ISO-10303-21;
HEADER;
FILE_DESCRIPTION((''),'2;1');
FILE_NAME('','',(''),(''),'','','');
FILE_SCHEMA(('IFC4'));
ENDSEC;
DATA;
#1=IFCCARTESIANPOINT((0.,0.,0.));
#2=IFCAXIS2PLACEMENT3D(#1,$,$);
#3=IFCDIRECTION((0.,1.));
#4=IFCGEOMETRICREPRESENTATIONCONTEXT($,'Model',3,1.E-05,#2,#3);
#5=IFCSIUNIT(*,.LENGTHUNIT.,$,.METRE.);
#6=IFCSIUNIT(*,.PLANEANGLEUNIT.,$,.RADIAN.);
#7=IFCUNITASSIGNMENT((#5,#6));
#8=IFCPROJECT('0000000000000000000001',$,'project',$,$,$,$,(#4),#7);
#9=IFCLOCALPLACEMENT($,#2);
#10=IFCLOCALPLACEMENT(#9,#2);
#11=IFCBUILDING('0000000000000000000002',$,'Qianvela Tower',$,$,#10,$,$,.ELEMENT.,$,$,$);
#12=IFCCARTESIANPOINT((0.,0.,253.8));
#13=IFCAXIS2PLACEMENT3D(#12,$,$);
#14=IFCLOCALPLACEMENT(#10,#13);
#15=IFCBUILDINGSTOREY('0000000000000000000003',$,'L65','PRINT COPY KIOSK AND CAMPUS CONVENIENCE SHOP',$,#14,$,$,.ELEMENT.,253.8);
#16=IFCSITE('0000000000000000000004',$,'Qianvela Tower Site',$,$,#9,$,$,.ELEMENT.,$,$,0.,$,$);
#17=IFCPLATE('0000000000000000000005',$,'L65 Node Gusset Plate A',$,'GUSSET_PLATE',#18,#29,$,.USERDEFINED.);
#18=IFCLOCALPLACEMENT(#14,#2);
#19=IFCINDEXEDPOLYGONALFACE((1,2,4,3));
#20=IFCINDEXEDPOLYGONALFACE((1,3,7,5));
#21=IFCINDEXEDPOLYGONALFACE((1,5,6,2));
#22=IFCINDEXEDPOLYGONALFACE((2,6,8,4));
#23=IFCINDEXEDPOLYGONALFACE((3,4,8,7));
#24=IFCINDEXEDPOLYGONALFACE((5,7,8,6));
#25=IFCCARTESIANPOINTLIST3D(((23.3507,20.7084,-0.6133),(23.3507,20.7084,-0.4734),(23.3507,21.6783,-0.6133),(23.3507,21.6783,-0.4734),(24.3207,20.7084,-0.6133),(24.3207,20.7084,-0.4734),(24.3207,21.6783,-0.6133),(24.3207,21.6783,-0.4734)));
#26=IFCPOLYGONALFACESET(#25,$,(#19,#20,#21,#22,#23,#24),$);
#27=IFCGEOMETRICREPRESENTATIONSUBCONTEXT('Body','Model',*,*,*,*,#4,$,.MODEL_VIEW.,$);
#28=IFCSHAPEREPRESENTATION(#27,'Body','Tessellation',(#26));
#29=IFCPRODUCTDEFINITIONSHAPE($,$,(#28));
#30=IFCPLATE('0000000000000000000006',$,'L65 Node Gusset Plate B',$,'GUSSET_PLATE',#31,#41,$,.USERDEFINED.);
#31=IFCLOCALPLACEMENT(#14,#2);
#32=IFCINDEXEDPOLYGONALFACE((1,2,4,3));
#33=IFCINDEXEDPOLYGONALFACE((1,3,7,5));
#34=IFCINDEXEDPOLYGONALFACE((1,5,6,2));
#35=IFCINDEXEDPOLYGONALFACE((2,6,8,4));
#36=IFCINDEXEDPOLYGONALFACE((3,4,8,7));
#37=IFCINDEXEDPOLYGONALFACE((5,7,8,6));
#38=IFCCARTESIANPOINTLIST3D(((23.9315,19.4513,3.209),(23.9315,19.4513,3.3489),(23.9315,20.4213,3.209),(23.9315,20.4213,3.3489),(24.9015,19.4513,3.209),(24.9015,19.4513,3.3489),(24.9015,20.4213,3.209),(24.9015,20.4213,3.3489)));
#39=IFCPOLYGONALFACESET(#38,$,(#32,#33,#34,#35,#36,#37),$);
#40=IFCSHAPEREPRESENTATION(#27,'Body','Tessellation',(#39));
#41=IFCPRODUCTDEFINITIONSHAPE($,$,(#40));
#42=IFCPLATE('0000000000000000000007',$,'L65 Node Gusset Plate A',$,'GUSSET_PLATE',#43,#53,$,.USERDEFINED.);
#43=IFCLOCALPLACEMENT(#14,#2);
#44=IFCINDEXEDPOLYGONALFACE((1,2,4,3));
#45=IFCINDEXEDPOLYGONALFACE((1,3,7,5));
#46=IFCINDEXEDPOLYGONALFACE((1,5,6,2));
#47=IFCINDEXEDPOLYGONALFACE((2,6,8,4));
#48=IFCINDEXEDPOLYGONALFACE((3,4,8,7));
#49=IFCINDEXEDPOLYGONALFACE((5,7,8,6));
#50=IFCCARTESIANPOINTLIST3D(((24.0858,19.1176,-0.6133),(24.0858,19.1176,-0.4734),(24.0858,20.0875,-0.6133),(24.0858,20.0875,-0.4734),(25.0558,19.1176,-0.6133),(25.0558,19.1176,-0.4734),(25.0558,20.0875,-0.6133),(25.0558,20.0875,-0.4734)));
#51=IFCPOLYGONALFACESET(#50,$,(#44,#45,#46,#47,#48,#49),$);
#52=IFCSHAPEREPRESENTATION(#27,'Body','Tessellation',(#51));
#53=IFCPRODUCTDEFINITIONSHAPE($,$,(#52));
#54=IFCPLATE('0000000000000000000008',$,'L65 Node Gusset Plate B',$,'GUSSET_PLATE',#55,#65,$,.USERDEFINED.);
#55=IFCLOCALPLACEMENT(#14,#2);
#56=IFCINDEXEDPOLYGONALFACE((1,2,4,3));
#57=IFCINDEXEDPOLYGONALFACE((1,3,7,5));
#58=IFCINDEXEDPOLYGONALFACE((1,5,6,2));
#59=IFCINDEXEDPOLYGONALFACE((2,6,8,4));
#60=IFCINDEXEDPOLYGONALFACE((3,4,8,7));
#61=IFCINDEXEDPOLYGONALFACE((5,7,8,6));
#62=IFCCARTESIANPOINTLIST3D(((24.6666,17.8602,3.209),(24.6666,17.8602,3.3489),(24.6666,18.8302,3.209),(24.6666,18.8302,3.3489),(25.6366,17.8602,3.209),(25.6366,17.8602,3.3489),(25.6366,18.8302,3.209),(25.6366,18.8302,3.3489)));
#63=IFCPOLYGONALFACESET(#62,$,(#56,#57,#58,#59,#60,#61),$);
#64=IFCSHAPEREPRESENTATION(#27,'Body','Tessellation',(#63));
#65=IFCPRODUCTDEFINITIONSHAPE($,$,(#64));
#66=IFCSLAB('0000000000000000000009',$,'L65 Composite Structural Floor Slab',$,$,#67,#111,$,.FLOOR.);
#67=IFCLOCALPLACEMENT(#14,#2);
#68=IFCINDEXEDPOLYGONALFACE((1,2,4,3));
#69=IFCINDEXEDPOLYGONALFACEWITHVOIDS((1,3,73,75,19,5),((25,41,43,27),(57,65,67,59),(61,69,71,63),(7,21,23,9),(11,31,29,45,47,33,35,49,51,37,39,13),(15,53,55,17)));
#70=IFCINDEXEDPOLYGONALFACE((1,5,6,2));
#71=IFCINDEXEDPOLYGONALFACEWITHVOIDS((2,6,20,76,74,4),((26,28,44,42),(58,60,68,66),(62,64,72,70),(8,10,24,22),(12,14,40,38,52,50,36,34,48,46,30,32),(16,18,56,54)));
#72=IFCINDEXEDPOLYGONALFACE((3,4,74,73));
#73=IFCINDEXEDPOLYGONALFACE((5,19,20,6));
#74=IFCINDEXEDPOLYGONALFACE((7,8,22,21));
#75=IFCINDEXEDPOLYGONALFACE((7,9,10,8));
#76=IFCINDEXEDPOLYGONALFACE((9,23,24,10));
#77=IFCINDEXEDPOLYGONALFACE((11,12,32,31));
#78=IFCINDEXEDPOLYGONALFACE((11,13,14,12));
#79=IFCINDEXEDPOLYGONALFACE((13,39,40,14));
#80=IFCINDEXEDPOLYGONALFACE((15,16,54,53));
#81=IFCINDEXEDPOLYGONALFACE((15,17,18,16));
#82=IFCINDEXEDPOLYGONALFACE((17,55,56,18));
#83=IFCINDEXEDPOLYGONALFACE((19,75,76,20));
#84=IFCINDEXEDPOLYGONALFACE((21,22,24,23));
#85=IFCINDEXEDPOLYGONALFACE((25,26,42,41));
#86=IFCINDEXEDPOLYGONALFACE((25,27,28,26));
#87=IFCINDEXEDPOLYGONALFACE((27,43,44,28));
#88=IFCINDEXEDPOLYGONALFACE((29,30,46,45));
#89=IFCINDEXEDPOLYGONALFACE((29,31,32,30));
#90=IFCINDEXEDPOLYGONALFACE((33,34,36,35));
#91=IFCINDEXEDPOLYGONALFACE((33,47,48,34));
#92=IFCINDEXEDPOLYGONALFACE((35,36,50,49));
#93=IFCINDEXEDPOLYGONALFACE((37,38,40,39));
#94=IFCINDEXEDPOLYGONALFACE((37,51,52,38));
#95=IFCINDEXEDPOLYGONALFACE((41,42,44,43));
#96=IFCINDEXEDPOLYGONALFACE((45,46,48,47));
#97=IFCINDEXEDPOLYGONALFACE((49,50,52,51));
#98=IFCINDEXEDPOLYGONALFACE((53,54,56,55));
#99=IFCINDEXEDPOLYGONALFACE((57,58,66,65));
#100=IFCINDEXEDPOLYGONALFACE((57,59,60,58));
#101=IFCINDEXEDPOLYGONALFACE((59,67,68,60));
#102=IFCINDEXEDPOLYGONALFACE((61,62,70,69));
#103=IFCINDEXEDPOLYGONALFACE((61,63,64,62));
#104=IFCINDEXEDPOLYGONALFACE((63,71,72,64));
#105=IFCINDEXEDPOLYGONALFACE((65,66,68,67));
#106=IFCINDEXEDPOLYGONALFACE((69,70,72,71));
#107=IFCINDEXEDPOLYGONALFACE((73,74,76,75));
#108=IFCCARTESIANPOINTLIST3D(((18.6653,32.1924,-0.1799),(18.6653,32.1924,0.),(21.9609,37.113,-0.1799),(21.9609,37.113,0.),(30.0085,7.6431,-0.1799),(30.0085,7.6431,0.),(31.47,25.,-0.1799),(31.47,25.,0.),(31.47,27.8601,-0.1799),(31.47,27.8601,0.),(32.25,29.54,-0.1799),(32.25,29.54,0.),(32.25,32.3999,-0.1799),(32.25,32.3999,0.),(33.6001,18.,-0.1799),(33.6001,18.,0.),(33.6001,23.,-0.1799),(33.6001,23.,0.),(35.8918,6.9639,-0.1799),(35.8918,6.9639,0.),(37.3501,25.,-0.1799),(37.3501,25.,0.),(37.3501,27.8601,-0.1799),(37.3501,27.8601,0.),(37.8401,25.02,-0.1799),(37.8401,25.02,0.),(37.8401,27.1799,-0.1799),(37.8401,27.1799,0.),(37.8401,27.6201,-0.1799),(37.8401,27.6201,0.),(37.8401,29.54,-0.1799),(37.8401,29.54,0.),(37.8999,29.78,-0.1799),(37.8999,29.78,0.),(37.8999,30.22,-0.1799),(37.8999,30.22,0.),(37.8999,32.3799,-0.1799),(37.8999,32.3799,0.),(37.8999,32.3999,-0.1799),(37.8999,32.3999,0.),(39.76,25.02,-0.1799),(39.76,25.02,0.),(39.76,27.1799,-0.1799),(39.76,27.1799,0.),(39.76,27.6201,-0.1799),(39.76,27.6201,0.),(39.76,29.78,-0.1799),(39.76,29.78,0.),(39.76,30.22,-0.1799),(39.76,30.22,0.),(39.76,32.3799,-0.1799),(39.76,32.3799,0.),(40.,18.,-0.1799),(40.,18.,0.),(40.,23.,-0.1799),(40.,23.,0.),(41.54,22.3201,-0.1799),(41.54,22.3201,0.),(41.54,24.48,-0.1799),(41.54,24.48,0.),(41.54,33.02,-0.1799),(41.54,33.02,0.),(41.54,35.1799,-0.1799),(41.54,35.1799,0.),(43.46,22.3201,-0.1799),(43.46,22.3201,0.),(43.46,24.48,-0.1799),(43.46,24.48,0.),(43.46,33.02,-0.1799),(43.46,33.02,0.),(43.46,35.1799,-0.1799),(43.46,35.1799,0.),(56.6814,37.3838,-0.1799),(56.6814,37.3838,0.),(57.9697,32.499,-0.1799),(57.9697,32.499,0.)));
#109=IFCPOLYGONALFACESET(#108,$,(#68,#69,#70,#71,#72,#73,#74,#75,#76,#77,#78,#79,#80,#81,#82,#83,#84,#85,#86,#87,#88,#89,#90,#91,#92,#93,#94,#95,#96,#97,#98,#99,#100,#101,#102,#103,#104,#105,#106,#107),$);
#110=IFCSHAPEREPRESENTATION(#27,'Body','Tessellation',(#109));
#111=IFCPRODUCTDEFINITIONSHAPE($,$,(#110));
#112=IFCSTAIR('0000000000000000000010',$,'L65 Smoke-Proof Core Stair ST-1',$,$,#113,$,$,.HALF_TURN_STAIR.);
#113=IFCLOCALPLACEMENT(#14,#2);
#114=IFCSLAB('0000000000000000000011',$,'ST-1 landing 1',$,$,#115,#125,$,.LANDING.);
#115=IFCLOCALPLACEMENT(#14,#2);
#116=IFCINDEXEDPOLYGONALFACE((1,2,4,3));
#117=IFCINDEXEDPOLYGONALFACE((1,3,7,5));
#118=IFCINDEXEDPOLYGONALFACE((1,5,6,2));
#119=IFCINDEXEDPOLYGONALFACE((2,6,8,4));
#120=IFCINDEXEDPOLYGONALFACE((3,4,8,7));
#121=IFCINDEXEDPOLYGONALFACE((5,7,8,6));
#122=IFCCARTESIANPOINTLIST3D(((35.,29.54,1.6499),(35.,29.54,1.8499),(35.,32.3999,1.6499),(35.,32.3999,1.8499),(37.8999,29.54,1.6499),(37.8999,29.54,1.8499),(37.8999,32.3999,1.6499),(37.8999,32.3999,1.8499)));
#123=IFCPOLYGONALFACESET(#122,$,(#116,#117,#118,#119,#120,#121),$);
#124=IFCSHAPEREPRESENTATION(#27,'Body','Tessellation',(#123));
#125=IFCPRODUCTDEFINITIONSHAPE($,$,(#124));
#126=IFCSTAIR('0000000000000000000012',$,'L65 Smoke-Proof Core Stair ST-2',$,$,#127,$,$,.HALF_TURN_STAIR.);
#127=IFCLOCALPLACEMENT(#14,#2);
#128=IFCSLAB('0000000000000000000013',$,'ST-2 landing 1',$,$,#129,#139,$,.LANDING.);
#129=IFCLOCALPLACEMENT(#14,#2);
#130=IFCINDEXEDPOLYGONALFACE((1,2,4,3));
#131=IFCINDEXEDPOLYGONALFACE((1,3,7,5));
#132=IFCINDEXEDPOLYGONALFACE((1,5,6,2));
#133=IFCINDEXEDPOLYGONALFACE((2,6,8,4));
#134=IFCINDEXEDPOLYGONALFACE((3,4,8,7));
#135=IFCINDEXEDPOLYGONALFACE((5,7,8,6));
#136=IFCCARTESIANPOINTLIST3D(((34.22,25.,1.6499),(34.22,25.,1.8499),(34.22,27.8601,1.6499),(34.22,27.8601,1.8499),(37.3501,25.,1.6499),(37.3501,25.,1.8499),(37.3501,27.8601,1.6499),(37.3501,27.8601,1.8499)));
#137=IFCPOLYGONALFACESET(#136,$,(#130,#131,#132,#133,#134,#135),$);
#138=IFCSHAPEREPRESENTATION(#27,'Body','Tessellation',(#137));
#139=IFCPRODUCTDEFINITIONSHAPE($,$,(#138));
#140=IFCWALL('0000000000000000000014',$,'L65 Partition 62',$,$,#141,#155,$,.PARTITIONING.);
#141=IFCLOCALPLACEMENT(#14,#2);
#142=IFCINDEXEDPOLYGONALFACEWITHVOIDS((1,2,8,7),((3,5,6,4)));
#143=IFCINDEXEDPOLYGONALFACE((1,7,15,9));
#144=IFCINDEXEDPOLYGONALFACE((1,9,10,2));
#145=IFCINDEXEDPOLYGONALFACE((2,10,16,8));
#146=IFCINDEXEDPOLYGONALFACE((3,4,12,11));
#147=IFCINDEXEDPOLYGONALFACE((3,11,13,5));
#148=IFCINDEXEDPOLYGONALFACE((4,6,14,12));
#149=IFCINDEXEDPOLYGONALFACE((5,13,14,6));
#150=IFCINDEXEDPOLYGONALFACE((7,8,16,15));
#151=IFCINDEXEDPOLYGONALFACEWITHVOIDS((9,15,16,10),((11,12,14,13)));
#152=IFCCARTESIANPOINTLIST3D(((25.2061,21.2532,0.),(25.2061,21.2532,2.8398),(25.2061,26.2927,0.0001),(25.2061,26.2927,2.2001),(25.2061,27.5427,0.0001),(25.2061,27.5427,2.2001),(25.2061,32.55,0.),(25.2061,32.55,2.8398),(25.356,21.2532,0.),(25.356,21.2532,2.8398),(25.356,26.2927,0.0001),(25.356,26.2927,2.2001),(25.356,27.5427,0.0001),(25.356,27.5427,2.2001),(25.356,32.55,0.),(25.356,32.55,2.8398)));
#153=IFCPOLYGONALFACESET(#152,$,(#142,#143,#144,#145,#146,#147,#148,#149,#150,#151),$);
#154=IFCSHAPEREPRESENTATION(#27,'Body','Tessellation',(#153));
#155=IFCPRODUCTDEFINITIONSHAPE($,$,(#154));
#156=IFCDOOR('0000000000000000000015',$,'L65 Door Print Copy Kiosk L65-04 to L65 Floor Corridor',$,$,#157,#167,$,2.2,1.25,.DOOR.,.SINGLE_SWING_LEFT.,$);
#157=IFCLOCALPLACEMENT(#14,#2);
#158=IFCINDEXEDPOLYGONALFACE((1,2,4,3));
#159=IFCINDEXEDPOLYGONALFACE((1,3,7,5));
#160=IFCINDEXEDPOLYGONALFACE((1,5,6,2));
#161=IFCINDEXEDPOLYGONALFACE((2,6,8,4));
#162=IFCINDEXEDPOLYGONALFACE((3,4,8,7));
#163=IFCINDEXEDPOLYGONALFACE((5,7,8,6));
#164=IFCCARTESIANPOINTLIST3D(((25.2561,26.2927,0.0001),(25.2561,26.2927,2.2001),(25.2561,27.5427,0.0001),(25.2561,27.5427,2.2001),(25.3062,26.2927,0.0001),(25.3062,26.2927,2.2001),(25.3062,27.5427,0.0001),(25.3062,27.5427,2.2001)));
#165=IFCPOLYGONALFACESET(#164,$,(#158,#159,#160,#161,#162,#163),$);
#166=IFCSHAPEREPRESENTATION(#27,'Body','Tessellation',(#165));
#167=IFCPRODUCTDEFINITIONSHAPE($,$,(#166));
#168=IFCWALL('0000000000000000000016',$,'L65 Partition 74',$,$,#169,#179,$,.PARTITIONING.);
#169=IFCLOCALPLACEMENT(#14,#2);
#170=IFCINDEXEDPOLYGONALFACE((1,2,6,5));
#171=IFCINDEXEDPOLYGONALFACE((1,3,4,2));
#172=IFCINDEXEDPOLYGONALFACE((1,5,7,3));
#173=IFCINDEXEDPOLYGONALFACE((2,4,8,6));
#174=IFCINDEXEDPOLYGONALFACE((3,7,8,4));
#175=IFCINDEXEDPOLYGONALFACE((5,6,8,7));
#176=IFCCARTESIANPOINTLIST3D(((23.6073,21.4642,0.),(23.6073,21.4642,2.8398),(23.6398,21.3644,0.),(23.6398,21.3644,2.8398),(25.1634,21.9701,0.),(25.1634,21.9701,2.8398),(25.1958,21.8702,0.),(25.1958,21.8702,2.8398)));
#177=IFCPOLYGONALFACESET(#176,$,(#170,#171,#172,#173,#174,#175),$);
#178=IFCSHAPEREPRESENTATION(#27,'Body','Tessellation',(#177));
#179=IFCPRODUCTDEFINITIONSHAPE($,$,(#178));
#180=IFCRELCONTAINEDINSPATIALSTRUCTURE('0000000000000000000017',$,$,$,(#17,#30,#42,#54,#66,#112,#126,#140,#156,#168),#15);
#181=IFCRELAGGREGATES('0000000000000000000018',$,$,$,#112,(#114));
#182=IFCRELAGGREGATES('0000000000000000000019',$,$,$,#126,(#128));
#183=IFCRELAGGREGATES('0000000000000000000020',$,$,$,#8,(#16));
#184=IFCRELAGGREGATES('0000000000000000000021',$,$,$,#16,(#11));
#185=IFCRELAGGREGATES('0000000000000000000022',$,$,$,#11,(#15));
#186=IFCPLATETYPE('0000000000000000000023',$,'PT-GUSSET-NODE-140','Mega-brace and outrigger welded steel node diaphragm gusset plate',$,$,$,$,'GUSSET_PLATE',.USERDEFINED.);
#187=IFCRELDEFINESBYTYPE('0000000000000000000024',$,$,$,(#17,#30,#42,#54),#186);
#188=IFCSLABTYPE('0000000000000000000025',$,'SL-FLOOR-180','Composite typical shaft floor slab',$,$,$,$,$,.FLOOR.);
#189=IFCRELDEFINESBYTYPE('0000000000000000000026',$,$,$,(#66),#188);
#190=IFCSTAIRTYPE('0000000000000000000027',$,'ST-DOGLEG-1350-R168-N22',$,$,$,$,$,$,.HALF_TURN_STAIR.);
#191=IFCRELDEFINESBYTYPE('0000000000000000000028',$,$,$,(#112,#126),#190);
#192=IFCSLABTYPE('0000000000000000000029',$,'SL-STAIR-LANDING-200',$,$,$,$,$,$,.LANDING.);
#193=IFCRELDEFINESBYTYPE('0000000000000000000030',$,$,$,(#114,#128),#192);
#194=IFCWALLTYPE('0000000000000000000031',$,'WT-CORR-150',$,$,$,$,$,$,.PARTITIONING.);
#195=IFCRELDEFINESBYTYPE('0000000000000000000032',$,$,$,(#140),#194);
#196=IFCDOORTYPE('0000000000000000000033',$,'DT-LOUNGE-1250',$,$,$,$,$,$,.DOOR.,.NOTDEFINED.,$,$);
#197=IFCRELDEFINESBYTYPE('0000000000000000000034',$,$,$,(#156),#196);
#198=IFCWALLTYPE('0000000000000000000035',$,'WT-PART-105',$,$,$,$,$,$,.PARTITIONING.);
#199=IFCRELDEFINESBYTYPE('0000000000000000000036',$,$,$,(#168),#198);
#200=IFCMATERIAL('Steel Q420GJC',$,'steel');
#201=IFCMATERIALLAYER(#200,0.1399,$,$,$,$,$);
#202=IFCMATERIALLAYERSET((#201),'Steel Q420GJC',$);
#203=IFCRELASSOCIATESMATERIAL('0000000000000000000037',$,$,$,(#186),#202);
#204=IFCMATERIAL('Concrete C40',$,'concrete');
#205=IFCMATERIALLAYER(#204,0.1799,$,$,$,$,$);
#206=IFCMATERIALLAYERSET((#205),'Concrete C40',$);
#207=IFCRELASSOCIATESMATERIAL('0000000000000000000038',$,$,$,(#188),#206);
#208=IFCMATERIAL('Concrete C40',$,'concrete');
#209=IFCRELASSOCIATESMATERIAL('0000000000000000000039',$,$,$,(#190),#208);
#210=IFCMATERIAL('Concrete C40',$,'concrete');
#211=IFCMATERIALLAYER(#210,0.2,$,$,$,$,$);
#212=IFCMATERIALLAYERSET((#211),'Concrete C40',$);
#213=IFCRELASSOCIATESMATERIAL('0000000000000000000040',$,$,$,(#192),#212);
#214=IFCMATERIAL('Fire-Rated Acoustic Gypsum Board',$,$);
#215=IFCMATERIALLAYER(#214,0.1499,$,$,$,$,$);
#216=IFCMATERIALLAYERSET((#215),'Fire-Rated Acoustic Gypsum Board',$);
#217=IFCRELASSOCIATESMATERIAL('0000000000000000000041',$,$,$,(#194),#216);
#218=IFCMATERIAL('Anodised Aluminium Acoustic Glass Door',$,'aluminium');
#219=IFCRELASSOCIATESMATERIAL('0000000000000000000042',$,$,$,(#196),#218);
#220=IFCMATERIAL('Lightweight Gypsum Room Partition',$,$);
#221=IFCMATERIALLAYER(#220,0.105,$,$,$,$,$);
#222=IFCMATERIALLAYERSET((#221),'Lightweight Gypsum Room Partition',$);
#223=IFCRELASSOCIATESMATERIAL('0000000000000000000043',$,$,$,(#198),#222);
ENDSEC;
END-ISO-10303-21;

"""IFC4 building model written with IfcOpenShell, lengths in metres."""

from ifc_helpers import new_model, si_unit, direction, frame, frame_2d, origin, origin_2d, place, context, subcontext, project, spatial, polyline, rectangle, outline, extrude, material, layer, layer_set, type_object, element, fill, aggregate, save


model = new_model("IFC4")

# Units and contexts
model_context = context("Model", 3, precision=1e-05, world=origin(), true_north=direction((0.0, 1.0)))
body_context = subcontext(model_context, "Body", "Model", "MODEL_VIEW")
ifc_project = project(units=[si_unit("LENGTHUNIT", "METRE"), si_unit("PLANEANGLEUNIT", "RADIAN")], contexts=[model_context])

# Site, building, storey
site_placement = place(None, origin())
site = spatial("IfcSite", under=ifc_project, at=site_placement, Name="Qianvela Tower Site", CompositionType="ELEMENT", RefElevation=0.0)
building_placement = place(site_placement, origin())
building = spatial("IfcBuilding", under=site, at=building_placement, Name="Qianvela Tower", CompositionType="ELEMENT")
storey_placement = place(building_placement, frame((0.0, 0.0, 253.8)))
storey = spatial("IfcBuildingStorey", under=building, at=storey_placement, Name="L65", Description="PRINT COPY KIOSK AND CAMPUS CONVENIENCE SHOP", CompositionType="ELEMENT", Elevation=253.8)

# Plates
ifc_material_1 = material(Name="Steel Q420GJC", Category="steel")
ifc_layer_1 = layer(ifc_material_1, 0.1399)
ifc_layer_set_1 = layer_set([ifc_layer_1], Name="Steel Q420GJC")
plate_type_1 = type_object("IfcPlateType", Name="PT-GUSSET-NODE-140", Description="Mega-brace and outrigger welded steel node diaphragm gusset plate", ElementType="GUSSET_PLATE", PredefinedType="USERDEFINED", material=ifc_layer_set_1)
for number, where, z_axis, x_axis, name in (
    (1, (23.8357, 21.1934, -0.6133), (0.0, 0.0, 1.0), (1.0, 0.0, 0.0), "L65 Node Gusset Plate A"),
    (2, (24.4165, 19.9363, 3.209), (0.0, 0.0, 1.0), (1.0, 0.0, 0.0), "L65 Node Gusset Plate B"),
    (3, (24.5708, 19.6025, -0.6133), (0.0, 0.0, 1.0), (1.0, 0.0, 0.0), "L65 Node Gusset Plate A"),
    (4, (25.1516, 18.3452, 3.209), (0.0, 0.0, 1.0), (1.0, 0.0, 0.0), "L65 Node Gusset Plate B"),
):
    element("IfcPlate", number, at=place(storey_placement, frame(where, z_axis=z_axis, x_axis=x_axis)), inside=storey, type_object=plate_type_1, Name=name, ObjectType="GUSSET_PLATE", PredefinedType="USERDEFINED", context=body_context, shape_type="SweptSolid", body=[
        extrude(rectangle(XDim=0.97, YDim=0.97, at=origin_2d()), origin(), (0.0, 0.0, 1.0), 0.1399),
    ])

# Slab
ifc_material_2 = material(Name="Concrete C40", Category="concrete")
ifc_layer_2 = layer(ifc_material_2, 0.1799)
ifc_layer_set_2 = layer_set([ifc_layer_2], Name="Concrete C40")
slab_type_1 = type_object("IfcSlabType", Name="SL-FLOOR-180", Description="Composite typical shaft floor slab", PredefinedType="FLOOR", material=ifc_layer_set_2)
slab_1_placement = place(storey_placement, frame((0.0, 0.0, -0.1799)))
element("IfcSlab", 5, at=slab_1_placement, inside=storey, type_object=slab_type_1, Name="L65 Composite Structural Floor Slab", PredefinedType="FLOOR", context=body_context, shape_type="SweptSolid", body=[
    extrude(outline(polyline([(57.9697, 32.499), (56.6814, 37.3838), (21.9609, 37.113), (18.6653, 32.1924), (30.0085, 7.6431), (35.8918, 6.9639), (57.9697, 32.499)]), holes=[polyline([(40.0, 23.0), (33.6001, 23.0), (33.6001, 18.0), (40.0, 18.0), (40.0, 23.0)]), polyline([(43.46, 24.48), (41.54, 24.48), (41.54, 22.3201), (43.46, 22.3201), (43.46, 24.48)]), polyline([(39.76, 27.1799), (37.8401, 27.1799), (37.8401, 25.02), (39.76, 25.02), (39.76, 27.1799)]), polyline([(37.3501, 27.8601), (31.47, 27.8601), (31.47, 25.0), (37.3501, 25.0), (37.3501, 27.8601)]), polyline([(39.76, 27.6201), (39.76, 29.78), (37.8999, 29.78), (37.8999, 30.22), (39.76, 30.22), (39.76, 32.3799), (37.8999, 32.3799), (37.8999, 32.3999), (32.25, 32.3999), (32.25, 29.54), (37.8401, 29.54), (37.8401, 27.6201), (39.76, 27.6201)]), polyline([(43.46, 35.1799), (41.54, 35.1799), (41.54, 33.02), (43.46, 33.02), (43.46, 35.1799)])]), origin(), (0.0, 0.0, 1.0), 0.1799),
])

# Stairs, slabs
ifc_material_3 = material(Name="Concrete C40", Category="concrete")
stair_type = type_object("IfcStairType", Name="ST-DOGLEG-1350-R168-N22", PredefinedType="HALF_TURN_STAIR", material=ifc_material_3)
stair_1_placement = place(storey_placement, origin())
stair_1 = element("IfcStair", 6, at=stair_1_placement, inside=storey, type_object=stair_type, Name="L65 Smoke-Proof Core Stair ST-1", PredefinedType="HALF_TURN_STAIR")
ifc_material_4 = material(Name="Concrete C40", Category="concrete")
ifc_layer_3 = layer(ifc_material_4, 0.2)
ifc_layer_set_3 = layer_set([ifc_layer_3], Name="Concrete C40")
slab_type_2 = type_object("IfcSlabType", Name="SL-STAIR-LANDING-200", PredefinedType="LANDING", material=ifc_layer_set_3)
slab_2_placement = place(storey_placement, frame((0.0, 0.0, 1.6499)))
slab_2 = element("IfcSlab", 7, at=slab_2_placement, type_object=slab_type_2, Name="ST-1 landing 1", PredefinedType="LANDING", context=body_context, shape_type="SweptSolid", body=[
    extrude(outline(polyline([(35.0, 29.54), (37.8999, 29.54), (37.8999, 32.3999), (35.0, 32.3999), (35.0, 29.54)])), origin(), (0.0, 0.0, 1.0), 0.2),
])
aggregate(stair_1, [slab_2])
stair_2_placement = place(storey_placement, origin())
stair_2 = element("IfcStair", 8, at=stair_2_placement, inside=storey, type_object=stair_type, Name="L65 Smoke-Proof Core Stair ST-2", PredefinedType="HALF_TURN_STAIR")
slab_3_placement = place(storey_placement, frame((0.0, 0.0, 1.6499)))
slab_3 = element("IfcSlab", 9, at=slab_3_placement, type_object=slab_type_2, Name="ST-2 landing 1", PredefinedType="LANDING", context=body_context, shape_type="SweptSolid", body=[
    extrude(outline(polyline([(34.22, 25.0), (37.3501, 25.0), (37.3501, 27.8601), (34.22, 27.8601), (34.22, 25.0)])), origin(), (0.0, 0.0, 1.0), 0.2),
])
aggregate(stair_2, [slab_3])

# Wall, opening, door
ifc_material_5 = material(Name="Fire-Rated Acoustic Gypsum Board")
ifc_layer_4 = layer(ifc_material_5, 0.1499)
ifc_layer_set_4 = layer_set([ifc_layer_4], Name="Fire-Rated Acoustic Gypsum Board")
wall_type_1 = type_object("IfcWallType", Name="WT-CORR-150", PredefinedType="PARTITIONING", material=ifc_layer_set_4)
wall_1_placement = place(storey_placement, frame((25.281, 21.2532, 0.0), z_axis=(0.0, 0.0, 1.0), x_axis=(0.0, 1.0, 0.0)))
wall_1 = element("IfcWall", 10, at=wall_1_placement, inside=storey, type_object=wall_type_1, Name="L65 Partition 62", PredefinedType="PARTITIONING", context=body_context, shape_type="SweptSolid", body=[
    extrude(rectangle(XDim=11.2969, YDim=0.1499, at=frame_2d((5.6484, 0.0))), origin(), (0.0, 0.0, 1.0), 2.8398),
])
opening_placement = place(wall_1_placement, frame((5.0396, 0.0, 0.0)))
opening = element("IfcOpeningElement", 11, at=opening_placement, cuts=wall_1, PredefinedType="OPENING", context=body_context, shape_type="SweptSolid", body=[
    extrude(rectangle(XDim=1.25, YDim=2.2, at=frame_2d((0.625, 1.1001))), frame((0.0, 0.085, 0.0), z_axis=(0.0, -1.0, 0.0), x_axis=(1.0, 0.0, 0.0)), (0.0, 0.0, 1.0), 0.1699),
])
ifc_material_6 = material(Name="Anodised Aluminium Acoustic Glass Door", Category="aluminium")
door_type = type_object("IfcDoorType", Name="DT-LOUNGE-1250", OperationType="NOTDEFINED", PredefinedType="DOOR", material=ifc_material_6)
door_placement = place(opening_placement, origin())
door = element("IfcDoor", 12, at=door_placement, inside=storey, type_object=door_type, Name="L65 Door Print Copy Kiosk L65-04 to L65 Floor Corridor", OperationType="SINGLE_SWING_LEFT", OverallHeight=2.2, OverallWidth=1.25, PredefinedType="DOOR", context=body_context, shape_type="SweptSolid", body=[
    extrude(rectangle(XDim=1.25, YDim=2.2, at=frame_2d((0.625, 1.1001))), frame((0.0, 0.0249, 0.0), z_axis=(0.0, -1.0, 0.0), x_axis=(1.0, 0.0, 0.0)), (0.0, 0.0, 1.0), 0.05),
])
fill(opening, door)

# Wall
ifc_material_7 = material(Name="Lightweight Gypsum Room Partition")
ifc_layer_5 = layer(ifc_material_7, 0.105)
ifc_layer_set_5 = layer_set([ifc_layer_5], Name="Lightweight Gypsum Room Partition")
wall_type_2 = type_object("IfcWallType", Name="WT-PART-105", PredefinedType="PARTITIONING", material=ifc_layer_set_5)
wall_2_placement = place(storey_placement, frame((23.6235, 21.4143, 0.0), z_axis=(0.0, 0.0, 1.0), x_axis=(0.951014, 0.309147, 0.0)))
element("IfcWall", 13, at=wall_2_placement, inside=storey, type_object=wall_type_2, Name="L65 Partition 74", PredefinedType="PARTITIONING", context=body_context, shape_type="SweptSolid", body=[
    extrude(rectangle(XDim=1.6362, YDim=0.105, at=frame_2d((0.8181, 0.0))), origin(), (0.0, 0.0, 1.0), 2.8398),
])

save(model, "model.ifc")
